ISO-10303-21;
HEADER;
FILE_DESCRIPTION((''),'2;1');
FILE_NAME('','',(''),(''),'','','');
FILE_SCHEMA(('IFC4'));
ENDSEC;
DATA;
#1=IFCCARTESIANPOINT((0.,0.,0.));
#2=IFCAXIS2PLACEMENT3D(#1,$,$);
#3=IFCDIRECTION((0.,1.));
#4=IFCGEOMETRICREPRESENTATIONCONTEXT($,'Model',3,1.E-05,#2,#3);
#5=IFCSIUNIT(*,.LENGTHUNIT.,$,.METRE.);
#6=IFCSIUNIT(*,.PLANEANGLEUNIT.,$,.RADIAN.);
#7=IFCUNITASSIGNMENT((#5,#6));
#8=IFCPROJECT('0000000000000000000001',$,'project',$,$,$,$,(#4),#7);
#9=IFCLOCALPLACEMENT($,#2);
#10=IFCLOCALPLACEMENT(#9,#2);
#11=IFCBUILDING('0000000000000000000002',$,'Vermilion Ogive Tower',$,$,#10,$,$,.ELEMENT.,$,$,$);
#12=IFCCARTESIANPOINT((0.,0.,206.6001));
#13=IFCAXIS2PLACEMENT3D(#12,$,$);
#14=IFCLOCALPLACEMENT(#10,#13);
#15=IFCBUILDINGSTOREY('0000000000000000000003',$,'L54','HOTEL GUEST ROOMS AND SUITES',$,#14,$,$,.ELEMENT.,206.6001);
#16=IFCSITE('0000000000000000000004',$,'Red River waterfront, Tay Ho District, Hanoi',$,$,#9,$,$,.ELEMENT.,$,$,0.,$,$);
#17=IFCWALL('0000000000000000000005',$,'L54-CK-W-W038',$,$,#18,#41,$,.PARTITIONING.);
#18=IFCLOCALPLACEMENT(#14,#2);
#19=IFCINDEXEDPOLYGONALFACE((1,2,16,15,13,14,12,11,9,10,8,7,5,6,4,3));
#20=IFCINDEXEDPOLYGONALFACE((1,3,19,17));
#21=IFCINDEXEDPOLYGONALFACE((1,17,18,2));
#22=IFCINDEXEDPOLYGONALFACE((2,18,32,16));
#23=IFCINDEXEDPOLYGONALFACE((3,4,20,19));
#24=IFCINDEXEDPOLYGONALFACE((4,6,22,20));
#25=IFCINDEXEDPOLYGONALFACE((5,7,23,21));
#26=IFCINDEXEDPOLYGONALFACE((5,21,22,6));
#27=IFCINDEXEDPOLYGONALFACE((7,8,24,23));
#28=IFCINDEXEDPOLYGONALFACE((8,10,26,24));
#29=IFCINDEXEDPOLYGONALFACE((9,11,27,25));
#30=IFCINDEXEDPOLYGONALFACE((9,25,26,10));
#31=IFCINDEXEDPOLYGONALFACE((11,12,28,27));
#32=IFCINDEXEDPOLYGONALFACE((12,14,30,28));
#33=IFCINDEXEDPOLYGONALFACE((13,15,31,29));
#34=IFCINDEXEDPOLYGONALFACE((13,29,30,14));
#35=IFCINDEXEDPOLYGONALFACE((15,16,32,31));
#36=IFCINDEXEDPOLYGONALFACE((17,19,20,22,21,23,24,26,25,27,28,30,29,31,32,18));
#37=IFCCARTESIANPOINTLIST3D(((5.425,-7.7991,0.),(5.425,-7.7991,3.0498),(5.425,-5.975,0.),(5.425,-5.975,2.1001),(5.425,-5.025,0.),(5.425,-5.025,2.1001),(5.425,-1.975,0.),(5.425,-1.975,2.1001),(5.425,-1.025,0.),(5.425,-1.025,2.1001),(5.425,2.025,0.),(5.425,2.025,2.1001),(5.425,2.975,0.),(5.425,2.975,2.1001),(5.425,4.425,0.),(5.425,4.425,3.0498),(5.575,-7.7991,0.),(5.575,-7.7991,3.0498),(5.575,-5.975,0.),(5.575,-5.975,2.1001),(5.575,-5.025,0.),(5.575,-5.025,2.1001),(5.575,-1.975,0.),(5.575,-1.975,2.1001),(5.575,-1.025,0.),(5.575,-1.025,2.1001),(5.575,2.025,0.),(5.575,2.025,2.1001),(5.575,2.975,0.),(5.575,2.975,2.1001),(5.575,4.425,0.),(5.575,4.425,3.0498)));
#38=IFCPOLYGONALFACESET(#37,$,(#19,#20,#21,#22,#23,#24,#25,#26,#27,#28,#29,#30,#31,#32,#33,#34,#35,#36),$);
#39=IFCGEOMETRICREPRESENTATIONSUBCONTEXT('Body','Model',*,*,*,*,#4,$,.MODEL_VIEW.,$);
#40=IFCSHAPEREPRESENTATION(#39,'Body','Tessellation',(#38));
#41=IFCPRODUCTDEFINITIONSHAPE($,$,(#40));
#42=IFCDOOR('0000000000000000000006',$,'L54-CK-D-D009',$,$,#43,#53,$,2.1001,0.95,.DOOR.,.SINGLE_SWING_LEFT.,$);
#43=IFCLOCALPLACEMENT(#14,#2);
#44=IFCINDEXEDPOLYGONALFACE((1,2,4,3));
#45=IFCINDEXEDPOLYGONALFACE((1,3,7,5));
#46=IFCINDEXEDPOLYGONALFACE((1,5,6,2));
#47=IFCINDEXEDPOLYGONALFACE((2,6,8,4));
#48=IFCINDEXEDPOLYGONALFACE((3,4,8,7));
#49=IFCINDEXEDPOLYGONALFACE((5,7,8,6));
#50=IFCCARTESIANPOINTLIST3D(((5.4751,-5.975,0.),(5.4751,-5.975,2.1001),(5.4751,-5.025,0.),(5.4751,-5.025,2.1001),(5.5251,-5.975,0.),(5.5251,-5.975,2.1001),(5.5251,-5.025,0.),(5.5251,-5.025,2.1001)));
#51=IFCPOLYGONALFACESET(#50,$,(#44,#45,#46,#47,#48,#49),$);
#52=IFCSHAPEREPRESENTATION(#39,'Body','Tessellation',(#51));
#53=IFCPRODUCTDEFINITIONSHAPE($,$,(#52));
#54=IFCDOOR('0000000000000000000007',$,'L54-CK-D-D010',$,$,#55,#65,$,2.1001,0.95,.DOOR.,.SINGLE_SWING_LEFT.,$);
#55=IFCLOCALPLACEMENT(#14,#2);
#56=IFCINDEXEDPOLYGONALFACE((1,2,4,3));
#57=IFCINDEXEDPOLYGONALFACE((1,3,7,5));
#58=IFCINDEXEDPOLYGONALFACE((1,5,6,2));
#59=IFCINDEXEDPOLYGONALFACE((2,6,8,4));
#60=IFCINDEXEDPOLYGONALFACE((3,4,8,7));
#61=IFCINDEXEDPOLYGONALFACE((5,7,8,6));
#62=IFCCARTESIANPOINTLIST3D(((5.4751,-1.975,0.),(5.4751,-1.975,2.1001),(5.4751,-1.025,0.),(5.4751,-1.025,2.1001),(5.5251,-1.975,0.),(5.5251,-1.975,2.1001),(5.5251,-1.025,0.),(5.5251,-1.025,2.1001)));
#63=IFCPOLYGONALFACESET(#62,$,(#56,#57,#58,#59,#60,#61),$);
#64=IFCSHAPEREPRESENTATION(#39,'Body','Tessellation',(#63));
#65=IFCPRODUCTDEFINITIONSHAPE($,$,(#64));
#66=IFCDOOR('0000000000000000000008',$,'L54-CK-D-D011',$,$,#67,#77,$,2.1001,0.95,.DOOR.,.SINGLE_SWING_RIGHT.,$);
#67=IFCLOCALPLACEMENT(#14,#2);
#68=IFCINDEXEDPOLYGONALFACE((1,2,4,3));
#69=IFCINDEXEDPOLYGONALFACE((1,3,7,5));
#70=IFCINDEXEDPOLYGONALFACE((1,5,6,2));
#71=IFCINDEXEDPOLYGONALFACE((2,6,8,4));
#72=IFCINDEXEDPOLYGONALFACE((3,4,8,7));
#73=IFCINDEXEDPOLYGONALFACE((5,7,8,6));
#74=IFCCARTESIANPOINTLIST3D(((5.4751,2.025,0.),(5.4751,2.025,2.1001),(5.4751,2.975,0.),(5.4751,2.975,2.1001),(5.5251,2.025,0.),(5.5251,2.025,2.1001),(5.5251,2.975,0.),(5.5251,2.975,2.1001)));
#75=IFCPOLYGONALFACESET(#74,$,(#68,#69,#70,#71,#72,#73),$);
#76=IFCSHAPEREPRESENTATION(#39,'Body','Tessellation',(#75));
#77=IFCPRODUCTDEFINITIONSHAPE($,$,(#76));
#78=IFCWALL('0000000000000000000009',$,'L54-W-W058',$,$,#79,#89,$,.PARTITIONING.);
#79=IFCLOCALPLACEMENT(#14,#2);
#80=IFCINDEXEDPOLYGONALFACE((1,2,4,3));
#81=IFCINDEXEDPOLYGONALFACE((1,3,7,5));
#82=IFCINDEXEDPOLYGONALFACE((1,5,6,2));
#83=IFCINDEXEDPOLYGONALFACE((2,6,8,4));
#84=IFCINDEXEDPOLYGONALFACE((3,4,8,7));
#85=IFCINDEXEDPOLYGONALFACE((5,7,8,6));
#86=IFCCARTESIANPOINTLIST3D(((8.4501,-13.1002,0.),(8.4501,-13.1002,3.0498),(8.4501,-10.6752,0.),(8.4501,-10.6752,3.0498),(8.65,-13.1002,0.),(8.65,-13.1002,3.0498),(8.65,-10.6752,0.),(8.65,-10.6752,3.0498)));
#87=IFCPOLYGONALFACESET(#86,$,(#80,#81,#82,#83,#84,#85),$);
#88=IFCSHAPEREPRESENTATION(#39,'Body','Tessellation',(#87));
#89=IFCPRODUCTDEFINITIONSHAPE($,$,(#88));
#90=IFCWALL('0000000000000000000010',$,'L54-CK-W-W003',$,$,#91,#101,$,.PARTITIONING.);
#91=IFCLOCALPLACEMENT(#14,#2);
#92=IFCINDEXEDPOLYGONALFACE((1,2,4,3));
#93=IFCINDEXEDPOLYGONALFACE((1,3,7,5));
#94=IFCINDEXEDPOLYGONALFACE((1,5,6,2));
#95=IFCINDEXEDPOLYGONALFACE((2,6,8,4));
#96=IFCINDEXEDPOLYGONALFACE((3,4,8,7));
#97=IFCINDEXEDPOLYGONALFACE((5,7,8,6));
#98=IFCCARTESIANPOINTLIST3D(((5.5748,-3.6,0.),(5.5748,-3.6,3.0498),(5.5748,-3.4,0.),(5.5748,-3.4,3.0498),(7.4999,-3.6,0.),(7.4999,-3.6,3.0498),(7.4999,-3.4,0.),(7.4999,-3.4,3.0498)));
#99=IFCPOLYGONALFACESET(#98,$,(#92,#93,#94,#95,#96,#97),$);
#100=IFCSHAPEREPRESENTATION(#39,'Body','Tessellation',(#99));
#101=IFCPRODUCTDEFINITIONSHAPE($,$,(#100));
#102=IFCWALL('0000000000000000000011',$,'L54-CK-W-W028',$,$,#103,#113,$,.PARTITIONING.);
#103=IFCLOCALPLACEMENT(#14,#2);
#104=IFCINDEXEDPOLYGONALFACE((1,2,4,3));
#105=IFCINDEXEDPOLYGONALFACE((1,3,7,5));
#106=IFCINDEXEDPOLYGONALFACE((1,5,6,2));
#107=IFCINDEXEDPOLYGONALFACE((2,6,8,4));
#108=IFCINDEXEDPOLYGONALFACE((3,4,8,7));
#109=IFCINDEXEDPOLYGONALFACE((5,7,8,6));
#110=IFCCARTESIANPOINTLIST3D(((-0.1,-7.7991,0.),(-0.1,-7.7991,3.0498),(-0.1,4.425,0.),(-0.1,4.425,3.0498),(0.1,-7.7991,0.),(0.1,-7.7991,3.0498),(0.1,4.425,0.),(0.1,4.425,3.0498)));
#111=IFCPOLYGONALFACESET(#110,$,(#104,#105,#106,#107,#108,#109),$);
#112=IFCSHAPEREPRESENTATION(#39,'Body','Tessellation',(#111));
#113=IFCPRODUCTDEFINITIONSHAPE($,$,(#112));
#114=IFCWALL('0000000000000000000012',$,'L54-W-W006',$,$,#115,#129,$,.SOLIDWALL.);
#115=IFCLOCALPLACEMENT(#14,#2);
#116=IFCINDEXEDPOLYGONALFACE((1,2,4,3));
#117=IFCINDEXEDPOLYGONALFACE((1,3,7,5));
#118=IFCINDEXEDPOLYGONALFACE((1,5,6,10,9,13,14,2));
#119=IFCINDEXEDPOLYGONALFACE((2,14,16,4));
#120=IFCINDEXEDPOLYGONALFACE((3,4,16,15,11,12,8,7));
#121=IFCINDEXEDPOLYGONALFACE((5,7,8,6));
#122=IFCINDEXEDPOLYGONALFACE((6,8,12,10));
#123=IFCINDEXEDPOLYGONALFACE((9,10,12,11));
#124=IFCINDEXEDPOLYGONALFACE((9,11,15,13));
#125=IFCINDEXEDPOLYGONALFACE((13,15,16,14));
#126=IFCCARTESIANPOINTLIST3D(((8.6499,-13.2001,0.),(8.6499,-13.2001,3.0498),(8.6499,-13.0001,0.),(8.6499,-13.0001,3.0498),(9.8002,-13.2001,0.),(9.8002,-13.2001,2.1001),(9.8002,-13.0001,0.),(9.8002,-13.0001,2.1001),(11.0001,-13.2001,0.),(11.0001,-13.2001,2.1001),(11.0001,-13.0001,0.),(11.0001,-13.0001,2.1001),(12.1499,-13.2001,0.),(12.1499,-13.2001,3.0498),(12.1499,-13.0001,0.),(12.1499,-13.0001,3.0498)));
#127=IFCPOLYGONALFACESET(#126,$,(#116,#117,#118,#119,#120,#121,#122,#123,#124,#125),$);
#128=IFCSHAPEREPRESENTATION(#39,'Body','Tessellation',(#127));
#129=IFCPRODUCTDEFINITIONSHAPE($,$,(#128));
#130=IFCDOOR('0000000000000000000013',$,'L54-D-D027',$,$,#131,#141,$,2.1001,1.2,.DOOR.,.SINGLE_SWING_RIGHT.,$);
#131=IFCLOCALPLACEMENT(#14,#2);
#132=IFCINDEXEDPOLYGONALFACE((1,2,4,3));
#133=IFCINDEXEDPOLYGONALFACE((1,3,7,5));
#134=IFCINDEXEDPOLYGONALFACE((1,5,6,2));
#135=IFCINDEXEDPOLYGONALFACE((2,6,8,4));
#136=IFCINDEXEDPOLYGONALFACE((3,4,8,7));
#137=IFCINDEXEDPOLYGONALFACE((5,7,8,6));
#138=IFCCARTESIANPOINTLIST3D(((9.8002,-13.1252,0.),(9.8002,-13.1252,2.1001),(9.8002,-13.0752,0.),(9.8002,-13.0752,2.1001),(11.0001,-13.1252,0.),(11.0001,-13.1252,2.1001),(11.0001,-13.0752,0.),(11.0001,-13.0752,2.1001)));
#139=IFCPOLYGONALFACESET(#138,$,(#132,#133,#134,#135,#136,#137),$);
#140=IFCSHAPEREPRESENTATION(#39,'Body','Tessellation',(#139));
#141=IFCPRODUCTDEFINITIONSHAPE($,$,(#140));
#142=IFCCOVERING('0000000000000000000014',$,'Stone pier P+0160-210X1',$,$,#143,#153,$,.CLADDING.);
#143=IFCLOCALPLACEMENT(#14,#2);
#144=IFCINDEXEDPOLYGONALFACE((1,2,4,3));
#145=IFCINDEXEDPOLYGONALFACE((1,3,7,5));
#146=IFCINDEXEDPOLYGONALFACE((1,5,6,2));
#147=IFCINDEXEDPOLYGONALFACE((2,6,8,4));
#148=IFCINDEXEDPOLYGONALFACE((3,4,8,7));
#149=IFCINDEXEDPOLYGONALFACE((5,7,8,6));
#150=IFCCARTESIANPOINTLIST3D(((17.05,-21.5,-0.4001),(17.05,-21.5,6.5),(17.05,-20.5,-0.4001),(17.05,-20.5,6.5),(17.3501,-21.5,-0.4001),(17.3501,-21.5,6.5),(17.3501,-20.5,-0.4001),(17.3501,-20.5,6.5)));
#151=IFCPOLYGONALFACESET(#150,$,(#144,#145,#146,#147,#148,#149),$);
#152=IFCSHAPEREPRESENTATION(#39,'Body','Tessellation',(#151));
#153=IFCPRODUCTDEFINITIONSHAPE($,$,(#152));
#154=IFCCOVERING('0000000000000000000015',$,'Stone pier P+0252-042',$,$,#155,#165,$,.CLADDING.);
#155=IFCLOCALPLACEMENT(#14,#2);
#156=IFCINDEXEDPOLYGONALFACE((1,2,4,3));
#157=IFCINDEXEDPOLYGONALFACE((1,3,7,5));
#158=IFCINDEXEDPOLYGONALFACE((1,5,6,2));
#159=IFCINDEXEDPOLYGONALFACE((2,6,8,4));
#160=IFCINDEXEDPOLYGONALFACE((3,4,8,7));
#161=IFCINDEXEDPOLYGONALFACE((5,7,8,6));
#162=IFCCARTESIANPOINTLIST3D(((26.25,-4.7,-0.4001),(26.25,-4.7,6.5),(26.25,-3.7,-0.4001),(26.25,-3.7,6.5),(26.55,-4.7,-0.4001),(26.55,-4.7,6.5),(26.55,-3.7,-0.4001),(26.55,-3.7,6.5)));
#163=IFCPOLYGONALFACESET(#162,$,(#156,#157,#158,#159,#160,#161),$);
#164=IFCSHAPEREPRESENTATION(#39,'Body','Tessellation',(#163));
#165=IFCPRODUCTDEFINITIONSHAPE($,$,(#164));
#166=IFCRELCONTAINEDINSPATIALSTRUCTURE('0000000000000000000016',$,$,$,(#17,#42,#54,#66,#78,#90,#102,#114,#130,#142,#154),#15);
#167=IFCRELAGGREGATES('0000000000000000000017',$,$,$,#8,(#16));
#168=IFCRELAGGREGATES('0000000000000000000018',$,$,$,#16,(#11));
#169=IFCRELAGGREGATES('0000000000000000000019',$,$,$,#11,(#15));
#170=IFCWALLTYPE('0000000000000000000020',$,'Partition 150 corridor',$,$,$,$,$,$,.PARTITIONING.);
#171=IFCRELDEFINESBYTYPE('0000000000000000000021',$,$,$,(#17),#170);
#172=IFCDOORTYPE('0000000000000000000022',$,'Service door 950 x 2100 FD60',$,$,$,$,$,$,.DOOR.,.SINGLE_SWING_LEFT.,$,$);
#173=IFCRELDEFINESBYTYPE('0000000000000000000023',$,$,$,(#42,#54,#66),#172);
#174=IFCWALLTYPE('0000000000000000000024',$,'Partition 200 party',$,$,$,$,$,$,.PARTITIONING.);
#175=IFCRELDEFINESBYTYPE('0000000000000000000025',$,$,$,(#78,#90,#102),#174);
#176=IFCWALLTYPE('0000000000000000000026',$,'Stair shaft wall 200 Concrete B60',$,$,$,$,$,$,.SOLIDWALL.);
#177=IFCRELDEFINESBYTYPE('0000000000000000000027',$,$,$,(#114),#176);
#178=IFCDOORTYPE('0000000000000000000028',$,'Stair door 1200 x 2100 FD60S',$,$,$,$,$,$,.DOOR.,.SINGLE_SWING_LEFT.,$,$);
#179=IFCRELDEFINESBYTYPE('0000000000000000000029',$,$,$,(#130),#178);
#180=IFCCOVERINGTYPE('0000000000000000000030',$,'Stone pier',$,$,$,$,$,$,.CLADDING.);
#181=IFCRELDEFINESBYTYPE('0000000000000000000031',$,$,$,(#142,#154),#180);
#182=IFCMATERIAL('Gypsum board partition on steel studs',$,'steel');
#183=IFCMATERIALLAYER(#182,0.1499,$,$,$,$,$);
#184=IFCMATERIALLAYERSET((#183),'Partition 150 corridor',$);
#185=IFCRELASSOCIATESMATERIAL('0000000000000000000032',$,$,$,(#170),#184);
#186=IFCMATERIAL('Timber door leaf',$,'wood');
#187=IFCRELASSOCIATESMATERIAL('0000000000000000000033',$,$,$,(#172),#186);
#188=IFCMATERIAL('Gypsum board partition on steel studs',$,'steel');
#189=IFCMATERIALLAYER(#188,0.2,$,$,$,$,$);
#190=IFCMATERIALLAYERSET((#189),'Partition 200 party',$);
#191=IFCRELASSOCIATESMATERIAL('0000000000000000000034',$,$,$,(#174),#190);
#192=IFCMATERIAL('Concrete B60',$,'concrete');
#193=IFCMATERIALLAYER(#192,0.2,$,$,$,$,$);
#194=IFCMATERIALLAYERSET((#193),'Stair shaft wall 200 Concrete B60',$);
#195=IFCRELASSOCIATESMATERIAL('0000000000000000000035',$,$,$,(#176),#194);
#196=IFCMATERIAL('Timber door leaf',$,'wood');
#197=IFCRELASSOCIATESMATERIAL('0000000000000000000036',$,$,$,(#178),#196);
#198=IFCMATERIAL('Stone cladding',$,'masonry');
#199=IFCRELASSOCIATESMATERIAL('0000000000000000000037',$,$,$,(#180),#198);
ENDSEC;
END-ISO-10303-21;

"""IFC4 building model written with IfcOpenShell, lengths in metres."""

from ifc_helpers import new_model, si_unit, direction, frame, frame_2d, origin, place, context, subcontext, project, spatial, polyline, rectangle, outline, extrude, material, layer, layer_set, type_object, element, fill, save


model = new_model("IFC4")

# Units and contexts
model_context = context("Model", 3, precision=1e-05, world=origin(), true_north=direction((0.0, 1.0)))
body_context = subcontext(model_context, "Body", "Model", "MODEL_VIEW")
ifc_project = project(units=[si_unit("LENGTHUNIT", "METRE"), si_unit("PLANEANGLEUNIT", "RADIAN")], contexts=[model_context])

# Site, building, storey
site_placement = place(None, origin())
site = spatial("IfcSite", under=ifc_project, at=site_placement, Name="Red River waterfront, Tay Ho District, Hanoi", CompositionType="ELEMENT", RefElevation=0.0)
building_placement = place(site_placement, origin())
building = spatial("IfcBuilding", under=site, at=building_placement, Name="Vermilion Ogive Tower", CompositionType="ELEMENT")
storey_placement = place(building_placement, frame((0.0, 0.0, 206.6001)))
storey = spatial("IfcBuildingStorey", under=building, at=storey_placement, Name="L54", Description="HOTEL GUEST ROOMS AND SUITES", CompositionType="ELEMENT", Elevation=206.6001)

# Shared definitions
ifc_material_1 = material(Name="Gypsum board partition on steel studs", Category="steel")
ifc_layer_1 = layer(ifc_material_1, 0.1499)
ifc_layer_set_1 = layer_set([ifc_layer_1], Name="Partition 150 corridor")
wall_type_1 = type_object("IfcWallType", Name="Partition 150 corridor", PredefinedType="PARTITIONING", material=ifc_layer_set_1)

# Shared definitions
ifc_material_2 = material(Name="Timber door leaf", Category="wood")
door_type_1 = type_object("IfcDoorType", Name="Service door 950 x 2100 FD60", OperationType="SINGLE_SWING_LEFT", PredefinedType="DOOR", material=ifc_material_2)

# Wall, openings, doors
wall_1_placement = place(storey_placement, frame((5.5, -7.7991, 0.0), z_axis=(0.0, 0.0, 1.0), x_axis=(0.0, 1.0, 0.0)))
wall_1 = element("IfcWall", 1, at=wall_1_placement, inside=storey, type_object=wall_type_1, Name="L54-CK-W-W038", PredefinedType="PARTITIONING", context=body_context, shape_type="SweptSolid", body=[
    extrude(rectangle(XDim=12.2241, YDim=0.1499, at=frame_2d((6.1121, 0.0))), origin(), (0.0, 0.0, 1.0), 3.0498),
])
opening_1_placement = place(wall_1_placement, frame((1.824, 0.0, 0.0)))
opening_1 = element("IfcOpeningElement", 2, at=opening_1_placement, cuts=wall_1, PredefinedType="OPENING", context=body_context, shape_type="SweptSolid", body=[
    extrude(rectangle(XDim=0.95, YDim=2.1001, at=frame_2d((0.4751, 1.05))), frame((0.0, 0.085, 0.0), z_axis=(0.0, -1.0, 0.0), x_axis=(1.0, 0.0, 0.0)), (0.0, 0.0, 1.0), 0.1699),
])
opening_2_placement = place(wall_1_placement, frame((5.824, 0.0, 0.0)))
opening_2 = element("IfcOpeningElement", 3, at=opening_2_placement, cuts=wall_1, PredefinedType="OPENING", context=body_context, shape_type="SweptSolid", body=[
    extrude(rectangle(XDim=0.95, YDim=2.1001, at=frame_2d((0.4751, 1.05))), frame((0.0, 0.085, 0.0), z_axis=(0.0, -1.0, 0.0), x_axis=(1.0, 0.0, 0.0)), (0.0, 0.0, 1.0), 0.1699),
])
opening_3_placement = place(wall_1_placement, frame((9.824, 0.0, 0.0)))
opening_3 = element("IfcOpeningElement", 4, at=opening_3_placement, cuts=wall_1, PredefinedType="OPENING", context=body_context, shape_type="SweptSolid", body=[
    extrude(rectangle(XDim=0.95, YDim=2.1001, at=frame_2d((0.4751, 1.05))), frame((0.0, 0.085, 0.0), z_axis=(0.0, -1.0, 0.0), x_axis=(1.0, 0.0, 0.0)), (0.0, 0.0, 1.0), 0.1699),
])
door_1_placement = place(opening_1_placement, origin())
door_1 = element("IfcDoor", 5, at=door_1_placement, inside=storey, type_object=door_type_1, Name="L54-CK-D-D009", OperationType="SINGLE_SWING_LEFT", OverallHeight=2.1001, OverallWidth=0.95, PredefinedType="DOOR", context=body_context, shape_type="SweptSolid", body=[
    extrude(rectangle(XDim=0.95, YDim=2.1001, at=frame_2d((0.4751, 1.05))), frame((0.0, 0.0249, 0.0), z_axis=(0.0, -1.0, 0.0), x_axis=(1.0, 0.0, 0.0)), (0.0, 0.0, 1.0), 0.05),
])
fill(opening_1, door_1)
door_2_placement = place(opening_2_placement, origin())
door_2 = element("IfcDoor", 6, at=door_2_placement, inside=storey, type_object=door_type_1, Name="L54-CK-D-D010", OperationType="SINGLE_SWING_LEFT", OverallHeight=2.1001, OverallWidth=0.95, PredefinedType="DOOR", context=body_context, shape_type="SweptSolid", body=[
    extrude(rectangle(XDim=0.95, YDim=2.1001, at=frame_2d((0.4751, 1.05))), frame((0.0, 0.0249, 0.0), z_axis=(0.0, -1.0, 0.0), x_axis=(1.0, 0.0, 0.0)), (0.0, 0.0, 1.0), 0.05),
])
fill(opening_2, door_2)
door_3_placement = place(opening_3_placement, origin())
door_3 = element("IfcDoor", 7, at=door_3_placement, inside=storey, type_object=door_type_1, Name="L54-CK-D-D011", OperationType="SINGLE_SWING_RIGHT", OverallHeight=2.1001, OverallWidth=0.95, PredefinedType="DOOR", context=body_context, shape_type="SweptSolid", body=[
    extrude(rectangle(XDim=0.95, YDim=2.1001, at=frame_2d((0.4751, 1.05))), frame((0.0, 0.0249, 0.0), z_axis=(0.0, -1.0, 0.0), x_axis=(1.0, 0.0, 0.0)), (0.0, 0.0, 1.0), 0.05),
])
fill(opening_3, door_3)

# Walls
ifc_material_3 = material(Name="Gypsum board partition on steel studs", Category="steel")
ifc_layer_2 = layer(ifc_material_3, 0.2)
ifc_layer_set_2 = layer_set([ifc_layer_2], Name="Partition 200 party")
wall_type_2 = type_object("IfcWallType", Name="Partition 200 party", PredefinedType="PARTITIONING", material=ifc_layer_set_2)
wall_2_placement = place(storey_placement, frame((8.55, -13.1001, 0.0), z_axis=(0.0, 0.0, 1.0), x_axis=(0.0, 1.0, 0.0)))
element("IfcWall", 8, at=wall_2_placement, inside=storey, type_object=wall_type_2, Name="L54-W-W058", PredefinedType="PARTITIONING", context=body_context, shape_type="SweptSolid", body=[
    extrude(rectangle(XDim=2.425, YDim=0.2, at=frame_2d((1.2124, 0.0))), origin(), (0.0, 0.0, 1.0), 3.0498),
])
wall_3_placement = place(storey_placement, frame((5.575, -3.5, 0.0), z_axis=(0.0, 0.0, 1.0), x_axis=(1.0, 0.0, 0.0)))
element("IfcWall", 9, at=wall_3_placement, inside=storey, type_object=wall_type_2, Name="L54-CK-W-W003", PredefinedType="PARTITIONING", context=body_context, shape_type="SweptSolid", body=[
    extrude(rectangle(XDim=1.925, YDim=0.2, at=frame_2d((0.9624, 0.0))), origin(), (0.0, 0.0, 1.0), 3.0498),
])
wall_4_placement = place(storey_placement, frame((0.0, -7.7991, 0.0), z_axis=(0.0, 0.0, 1.0), x_axis=(0.0, 1.0, 0.0)))
element("IfcWall", 10, at=wall_4_placement, inside=storey, type_object=wall_type_2, Name="L54-CK-W-W028", PredefinedType="PARTITIONING", context=body_context, shape_type="SweptSolid", body=[
    extrude(rectangle(XDim=12.2241, YDim=0.2, at=frame_2d((6.1121, 0.0))), origin(), (0.0, 0.0, 1.0), 3.0498),
])

# Wall, opening, door
ifc_material_4 = material(Name="Concrete B60", Category="concrete")
ifc_layer_3 = layer(ifc_material_4, 0.2)
ifc_layer_set_3 = layer_set([ifc_layer_3], Name="Stair shaft wall 200 Concrete B60")
wall_type_3 = type_object("IfcWallType", Name="Stair shaft wall 200 Concrete B60", PredefinedType="SOLIDWALL", material=ifc_layer_set_3)
wall_5_placement = place(storey_placement, frame((8.6499, -13.1001, 0.0), z_axis=(0.0, 0.0, 1.0), x_axis=(1.0, 0.0, 0.0)))
wall_5 = element("IfcWall", 11, at=wall_5_placement, inside=storey, type_object=wall_type_3, Name="L54-W-W006", PredefinedType="SOLIDWALL", context=body_context, shape_type="SweptSolid", body=[
    extrude(rectangle(XDim=3.5, YDim=0.2, at=frame_2d((1.75, 0.0))), origin(), (0.0, 0.0, 1.0), 3.0498),
])
opening_4_placement = place(wall_5_placement, frame((1.1501, 0.0, 0.0)))
opening_4 = element("IfcOpeningElement", 12, at=opening_4_placement, cuts=wall_5, PredefinedType="OPENING", context=body_context, shape_type="SweptSolid", body=[
    extrude(rectangle(XDim=1.2, YDim=2.1001, at=frame_2d((0.6001, 1.05))), frame((0.0, 0.1099, 0.0), z_axis=(0.0, -1.0, 0.0), x_axis=(1.0, 0.0, 0.0)), (0.0, 0.0, 1.0), 0.22),
])
ifc_material_5 = material(Name="Timber door leaf", Category="wood")
door_type_2 = type_object("IfcDoorType", Name="Stair door 1200 x 2100 FD60S", OperationType="SINGLE_SWING_LEFT", PredefinedType="DOOR", material=ifc_material_5)
door_4_placement = place(opening_4_placement, origin())
door_4 = element("IfcDoor", 13, at=door_4_placement, inside=storey, type_object=door_type_2, Name="L54-D-D027", OperationType="SINGLE_SWING_RIGHT", OverallHeight=2.1001, OverallWidth=1.2, PredefinedType="DOOR", context=body_context, shape_type="SweptSolid", body=[
    extrude(rectangle(XDim=1.2, YDim=2.1001, at=frame_2d((0.6001, 1.05))), frame((0.0, 0.0249, 0.0), z_axis=(0.0, -1.0, 0.0), x_axis=(1.0, 0.0, 0.0)), (0.0, 0.0, 1.0), 0.05),
])
fill(opening_4, door_4)

# Coverings
ifc_material_6 = material(Name="Stone cladding", Category="masonry")
covering_type = type_object("IfcCoveringType", Name="Stone pier", PredefinedType="CLADDING", material=ifc_material_6)
covering_1_placement = place(storey_placement, frame((0.0, 0.0, -0.4001)))
element("IfcCovering", 14, at=covering_1_placement, inside=storey, type_object=covering_type, Name="Stone pier P+0160-210X1", PredefinedType="CLADDING", context=body_context, shape_type="SweptSolid", body=[
    extrude(outline(polyline([(17.3501, -21.5), (17.05, -21.5), (17.05, -20.5), (17.3501, -20.5), (17.3501, -21.5)])), origin(), (0.0, 0.0, 1.0), 6.9001),
])
covering_2_placement = place(storey_placement, frame((0.0, 0.0, -0.4001)))
element("IfcCovering", 15, at=covering_2_placement, inside=storey, type_object=covering_type, Name="Stone pier P+0252-042", PredefinedType="CLADDING", context=body_context, shape_type="SweptSolid", body=[
    extrude(outline(polyline([(26.55, -3.7), (26.55, -4.7), (26.25, -4.7), (26.25, -3.7), (26.55, -3.7)])), origin(), (0.0, 0.0, 1.0), 6.9001),
])

save(model, "model.ifc")
